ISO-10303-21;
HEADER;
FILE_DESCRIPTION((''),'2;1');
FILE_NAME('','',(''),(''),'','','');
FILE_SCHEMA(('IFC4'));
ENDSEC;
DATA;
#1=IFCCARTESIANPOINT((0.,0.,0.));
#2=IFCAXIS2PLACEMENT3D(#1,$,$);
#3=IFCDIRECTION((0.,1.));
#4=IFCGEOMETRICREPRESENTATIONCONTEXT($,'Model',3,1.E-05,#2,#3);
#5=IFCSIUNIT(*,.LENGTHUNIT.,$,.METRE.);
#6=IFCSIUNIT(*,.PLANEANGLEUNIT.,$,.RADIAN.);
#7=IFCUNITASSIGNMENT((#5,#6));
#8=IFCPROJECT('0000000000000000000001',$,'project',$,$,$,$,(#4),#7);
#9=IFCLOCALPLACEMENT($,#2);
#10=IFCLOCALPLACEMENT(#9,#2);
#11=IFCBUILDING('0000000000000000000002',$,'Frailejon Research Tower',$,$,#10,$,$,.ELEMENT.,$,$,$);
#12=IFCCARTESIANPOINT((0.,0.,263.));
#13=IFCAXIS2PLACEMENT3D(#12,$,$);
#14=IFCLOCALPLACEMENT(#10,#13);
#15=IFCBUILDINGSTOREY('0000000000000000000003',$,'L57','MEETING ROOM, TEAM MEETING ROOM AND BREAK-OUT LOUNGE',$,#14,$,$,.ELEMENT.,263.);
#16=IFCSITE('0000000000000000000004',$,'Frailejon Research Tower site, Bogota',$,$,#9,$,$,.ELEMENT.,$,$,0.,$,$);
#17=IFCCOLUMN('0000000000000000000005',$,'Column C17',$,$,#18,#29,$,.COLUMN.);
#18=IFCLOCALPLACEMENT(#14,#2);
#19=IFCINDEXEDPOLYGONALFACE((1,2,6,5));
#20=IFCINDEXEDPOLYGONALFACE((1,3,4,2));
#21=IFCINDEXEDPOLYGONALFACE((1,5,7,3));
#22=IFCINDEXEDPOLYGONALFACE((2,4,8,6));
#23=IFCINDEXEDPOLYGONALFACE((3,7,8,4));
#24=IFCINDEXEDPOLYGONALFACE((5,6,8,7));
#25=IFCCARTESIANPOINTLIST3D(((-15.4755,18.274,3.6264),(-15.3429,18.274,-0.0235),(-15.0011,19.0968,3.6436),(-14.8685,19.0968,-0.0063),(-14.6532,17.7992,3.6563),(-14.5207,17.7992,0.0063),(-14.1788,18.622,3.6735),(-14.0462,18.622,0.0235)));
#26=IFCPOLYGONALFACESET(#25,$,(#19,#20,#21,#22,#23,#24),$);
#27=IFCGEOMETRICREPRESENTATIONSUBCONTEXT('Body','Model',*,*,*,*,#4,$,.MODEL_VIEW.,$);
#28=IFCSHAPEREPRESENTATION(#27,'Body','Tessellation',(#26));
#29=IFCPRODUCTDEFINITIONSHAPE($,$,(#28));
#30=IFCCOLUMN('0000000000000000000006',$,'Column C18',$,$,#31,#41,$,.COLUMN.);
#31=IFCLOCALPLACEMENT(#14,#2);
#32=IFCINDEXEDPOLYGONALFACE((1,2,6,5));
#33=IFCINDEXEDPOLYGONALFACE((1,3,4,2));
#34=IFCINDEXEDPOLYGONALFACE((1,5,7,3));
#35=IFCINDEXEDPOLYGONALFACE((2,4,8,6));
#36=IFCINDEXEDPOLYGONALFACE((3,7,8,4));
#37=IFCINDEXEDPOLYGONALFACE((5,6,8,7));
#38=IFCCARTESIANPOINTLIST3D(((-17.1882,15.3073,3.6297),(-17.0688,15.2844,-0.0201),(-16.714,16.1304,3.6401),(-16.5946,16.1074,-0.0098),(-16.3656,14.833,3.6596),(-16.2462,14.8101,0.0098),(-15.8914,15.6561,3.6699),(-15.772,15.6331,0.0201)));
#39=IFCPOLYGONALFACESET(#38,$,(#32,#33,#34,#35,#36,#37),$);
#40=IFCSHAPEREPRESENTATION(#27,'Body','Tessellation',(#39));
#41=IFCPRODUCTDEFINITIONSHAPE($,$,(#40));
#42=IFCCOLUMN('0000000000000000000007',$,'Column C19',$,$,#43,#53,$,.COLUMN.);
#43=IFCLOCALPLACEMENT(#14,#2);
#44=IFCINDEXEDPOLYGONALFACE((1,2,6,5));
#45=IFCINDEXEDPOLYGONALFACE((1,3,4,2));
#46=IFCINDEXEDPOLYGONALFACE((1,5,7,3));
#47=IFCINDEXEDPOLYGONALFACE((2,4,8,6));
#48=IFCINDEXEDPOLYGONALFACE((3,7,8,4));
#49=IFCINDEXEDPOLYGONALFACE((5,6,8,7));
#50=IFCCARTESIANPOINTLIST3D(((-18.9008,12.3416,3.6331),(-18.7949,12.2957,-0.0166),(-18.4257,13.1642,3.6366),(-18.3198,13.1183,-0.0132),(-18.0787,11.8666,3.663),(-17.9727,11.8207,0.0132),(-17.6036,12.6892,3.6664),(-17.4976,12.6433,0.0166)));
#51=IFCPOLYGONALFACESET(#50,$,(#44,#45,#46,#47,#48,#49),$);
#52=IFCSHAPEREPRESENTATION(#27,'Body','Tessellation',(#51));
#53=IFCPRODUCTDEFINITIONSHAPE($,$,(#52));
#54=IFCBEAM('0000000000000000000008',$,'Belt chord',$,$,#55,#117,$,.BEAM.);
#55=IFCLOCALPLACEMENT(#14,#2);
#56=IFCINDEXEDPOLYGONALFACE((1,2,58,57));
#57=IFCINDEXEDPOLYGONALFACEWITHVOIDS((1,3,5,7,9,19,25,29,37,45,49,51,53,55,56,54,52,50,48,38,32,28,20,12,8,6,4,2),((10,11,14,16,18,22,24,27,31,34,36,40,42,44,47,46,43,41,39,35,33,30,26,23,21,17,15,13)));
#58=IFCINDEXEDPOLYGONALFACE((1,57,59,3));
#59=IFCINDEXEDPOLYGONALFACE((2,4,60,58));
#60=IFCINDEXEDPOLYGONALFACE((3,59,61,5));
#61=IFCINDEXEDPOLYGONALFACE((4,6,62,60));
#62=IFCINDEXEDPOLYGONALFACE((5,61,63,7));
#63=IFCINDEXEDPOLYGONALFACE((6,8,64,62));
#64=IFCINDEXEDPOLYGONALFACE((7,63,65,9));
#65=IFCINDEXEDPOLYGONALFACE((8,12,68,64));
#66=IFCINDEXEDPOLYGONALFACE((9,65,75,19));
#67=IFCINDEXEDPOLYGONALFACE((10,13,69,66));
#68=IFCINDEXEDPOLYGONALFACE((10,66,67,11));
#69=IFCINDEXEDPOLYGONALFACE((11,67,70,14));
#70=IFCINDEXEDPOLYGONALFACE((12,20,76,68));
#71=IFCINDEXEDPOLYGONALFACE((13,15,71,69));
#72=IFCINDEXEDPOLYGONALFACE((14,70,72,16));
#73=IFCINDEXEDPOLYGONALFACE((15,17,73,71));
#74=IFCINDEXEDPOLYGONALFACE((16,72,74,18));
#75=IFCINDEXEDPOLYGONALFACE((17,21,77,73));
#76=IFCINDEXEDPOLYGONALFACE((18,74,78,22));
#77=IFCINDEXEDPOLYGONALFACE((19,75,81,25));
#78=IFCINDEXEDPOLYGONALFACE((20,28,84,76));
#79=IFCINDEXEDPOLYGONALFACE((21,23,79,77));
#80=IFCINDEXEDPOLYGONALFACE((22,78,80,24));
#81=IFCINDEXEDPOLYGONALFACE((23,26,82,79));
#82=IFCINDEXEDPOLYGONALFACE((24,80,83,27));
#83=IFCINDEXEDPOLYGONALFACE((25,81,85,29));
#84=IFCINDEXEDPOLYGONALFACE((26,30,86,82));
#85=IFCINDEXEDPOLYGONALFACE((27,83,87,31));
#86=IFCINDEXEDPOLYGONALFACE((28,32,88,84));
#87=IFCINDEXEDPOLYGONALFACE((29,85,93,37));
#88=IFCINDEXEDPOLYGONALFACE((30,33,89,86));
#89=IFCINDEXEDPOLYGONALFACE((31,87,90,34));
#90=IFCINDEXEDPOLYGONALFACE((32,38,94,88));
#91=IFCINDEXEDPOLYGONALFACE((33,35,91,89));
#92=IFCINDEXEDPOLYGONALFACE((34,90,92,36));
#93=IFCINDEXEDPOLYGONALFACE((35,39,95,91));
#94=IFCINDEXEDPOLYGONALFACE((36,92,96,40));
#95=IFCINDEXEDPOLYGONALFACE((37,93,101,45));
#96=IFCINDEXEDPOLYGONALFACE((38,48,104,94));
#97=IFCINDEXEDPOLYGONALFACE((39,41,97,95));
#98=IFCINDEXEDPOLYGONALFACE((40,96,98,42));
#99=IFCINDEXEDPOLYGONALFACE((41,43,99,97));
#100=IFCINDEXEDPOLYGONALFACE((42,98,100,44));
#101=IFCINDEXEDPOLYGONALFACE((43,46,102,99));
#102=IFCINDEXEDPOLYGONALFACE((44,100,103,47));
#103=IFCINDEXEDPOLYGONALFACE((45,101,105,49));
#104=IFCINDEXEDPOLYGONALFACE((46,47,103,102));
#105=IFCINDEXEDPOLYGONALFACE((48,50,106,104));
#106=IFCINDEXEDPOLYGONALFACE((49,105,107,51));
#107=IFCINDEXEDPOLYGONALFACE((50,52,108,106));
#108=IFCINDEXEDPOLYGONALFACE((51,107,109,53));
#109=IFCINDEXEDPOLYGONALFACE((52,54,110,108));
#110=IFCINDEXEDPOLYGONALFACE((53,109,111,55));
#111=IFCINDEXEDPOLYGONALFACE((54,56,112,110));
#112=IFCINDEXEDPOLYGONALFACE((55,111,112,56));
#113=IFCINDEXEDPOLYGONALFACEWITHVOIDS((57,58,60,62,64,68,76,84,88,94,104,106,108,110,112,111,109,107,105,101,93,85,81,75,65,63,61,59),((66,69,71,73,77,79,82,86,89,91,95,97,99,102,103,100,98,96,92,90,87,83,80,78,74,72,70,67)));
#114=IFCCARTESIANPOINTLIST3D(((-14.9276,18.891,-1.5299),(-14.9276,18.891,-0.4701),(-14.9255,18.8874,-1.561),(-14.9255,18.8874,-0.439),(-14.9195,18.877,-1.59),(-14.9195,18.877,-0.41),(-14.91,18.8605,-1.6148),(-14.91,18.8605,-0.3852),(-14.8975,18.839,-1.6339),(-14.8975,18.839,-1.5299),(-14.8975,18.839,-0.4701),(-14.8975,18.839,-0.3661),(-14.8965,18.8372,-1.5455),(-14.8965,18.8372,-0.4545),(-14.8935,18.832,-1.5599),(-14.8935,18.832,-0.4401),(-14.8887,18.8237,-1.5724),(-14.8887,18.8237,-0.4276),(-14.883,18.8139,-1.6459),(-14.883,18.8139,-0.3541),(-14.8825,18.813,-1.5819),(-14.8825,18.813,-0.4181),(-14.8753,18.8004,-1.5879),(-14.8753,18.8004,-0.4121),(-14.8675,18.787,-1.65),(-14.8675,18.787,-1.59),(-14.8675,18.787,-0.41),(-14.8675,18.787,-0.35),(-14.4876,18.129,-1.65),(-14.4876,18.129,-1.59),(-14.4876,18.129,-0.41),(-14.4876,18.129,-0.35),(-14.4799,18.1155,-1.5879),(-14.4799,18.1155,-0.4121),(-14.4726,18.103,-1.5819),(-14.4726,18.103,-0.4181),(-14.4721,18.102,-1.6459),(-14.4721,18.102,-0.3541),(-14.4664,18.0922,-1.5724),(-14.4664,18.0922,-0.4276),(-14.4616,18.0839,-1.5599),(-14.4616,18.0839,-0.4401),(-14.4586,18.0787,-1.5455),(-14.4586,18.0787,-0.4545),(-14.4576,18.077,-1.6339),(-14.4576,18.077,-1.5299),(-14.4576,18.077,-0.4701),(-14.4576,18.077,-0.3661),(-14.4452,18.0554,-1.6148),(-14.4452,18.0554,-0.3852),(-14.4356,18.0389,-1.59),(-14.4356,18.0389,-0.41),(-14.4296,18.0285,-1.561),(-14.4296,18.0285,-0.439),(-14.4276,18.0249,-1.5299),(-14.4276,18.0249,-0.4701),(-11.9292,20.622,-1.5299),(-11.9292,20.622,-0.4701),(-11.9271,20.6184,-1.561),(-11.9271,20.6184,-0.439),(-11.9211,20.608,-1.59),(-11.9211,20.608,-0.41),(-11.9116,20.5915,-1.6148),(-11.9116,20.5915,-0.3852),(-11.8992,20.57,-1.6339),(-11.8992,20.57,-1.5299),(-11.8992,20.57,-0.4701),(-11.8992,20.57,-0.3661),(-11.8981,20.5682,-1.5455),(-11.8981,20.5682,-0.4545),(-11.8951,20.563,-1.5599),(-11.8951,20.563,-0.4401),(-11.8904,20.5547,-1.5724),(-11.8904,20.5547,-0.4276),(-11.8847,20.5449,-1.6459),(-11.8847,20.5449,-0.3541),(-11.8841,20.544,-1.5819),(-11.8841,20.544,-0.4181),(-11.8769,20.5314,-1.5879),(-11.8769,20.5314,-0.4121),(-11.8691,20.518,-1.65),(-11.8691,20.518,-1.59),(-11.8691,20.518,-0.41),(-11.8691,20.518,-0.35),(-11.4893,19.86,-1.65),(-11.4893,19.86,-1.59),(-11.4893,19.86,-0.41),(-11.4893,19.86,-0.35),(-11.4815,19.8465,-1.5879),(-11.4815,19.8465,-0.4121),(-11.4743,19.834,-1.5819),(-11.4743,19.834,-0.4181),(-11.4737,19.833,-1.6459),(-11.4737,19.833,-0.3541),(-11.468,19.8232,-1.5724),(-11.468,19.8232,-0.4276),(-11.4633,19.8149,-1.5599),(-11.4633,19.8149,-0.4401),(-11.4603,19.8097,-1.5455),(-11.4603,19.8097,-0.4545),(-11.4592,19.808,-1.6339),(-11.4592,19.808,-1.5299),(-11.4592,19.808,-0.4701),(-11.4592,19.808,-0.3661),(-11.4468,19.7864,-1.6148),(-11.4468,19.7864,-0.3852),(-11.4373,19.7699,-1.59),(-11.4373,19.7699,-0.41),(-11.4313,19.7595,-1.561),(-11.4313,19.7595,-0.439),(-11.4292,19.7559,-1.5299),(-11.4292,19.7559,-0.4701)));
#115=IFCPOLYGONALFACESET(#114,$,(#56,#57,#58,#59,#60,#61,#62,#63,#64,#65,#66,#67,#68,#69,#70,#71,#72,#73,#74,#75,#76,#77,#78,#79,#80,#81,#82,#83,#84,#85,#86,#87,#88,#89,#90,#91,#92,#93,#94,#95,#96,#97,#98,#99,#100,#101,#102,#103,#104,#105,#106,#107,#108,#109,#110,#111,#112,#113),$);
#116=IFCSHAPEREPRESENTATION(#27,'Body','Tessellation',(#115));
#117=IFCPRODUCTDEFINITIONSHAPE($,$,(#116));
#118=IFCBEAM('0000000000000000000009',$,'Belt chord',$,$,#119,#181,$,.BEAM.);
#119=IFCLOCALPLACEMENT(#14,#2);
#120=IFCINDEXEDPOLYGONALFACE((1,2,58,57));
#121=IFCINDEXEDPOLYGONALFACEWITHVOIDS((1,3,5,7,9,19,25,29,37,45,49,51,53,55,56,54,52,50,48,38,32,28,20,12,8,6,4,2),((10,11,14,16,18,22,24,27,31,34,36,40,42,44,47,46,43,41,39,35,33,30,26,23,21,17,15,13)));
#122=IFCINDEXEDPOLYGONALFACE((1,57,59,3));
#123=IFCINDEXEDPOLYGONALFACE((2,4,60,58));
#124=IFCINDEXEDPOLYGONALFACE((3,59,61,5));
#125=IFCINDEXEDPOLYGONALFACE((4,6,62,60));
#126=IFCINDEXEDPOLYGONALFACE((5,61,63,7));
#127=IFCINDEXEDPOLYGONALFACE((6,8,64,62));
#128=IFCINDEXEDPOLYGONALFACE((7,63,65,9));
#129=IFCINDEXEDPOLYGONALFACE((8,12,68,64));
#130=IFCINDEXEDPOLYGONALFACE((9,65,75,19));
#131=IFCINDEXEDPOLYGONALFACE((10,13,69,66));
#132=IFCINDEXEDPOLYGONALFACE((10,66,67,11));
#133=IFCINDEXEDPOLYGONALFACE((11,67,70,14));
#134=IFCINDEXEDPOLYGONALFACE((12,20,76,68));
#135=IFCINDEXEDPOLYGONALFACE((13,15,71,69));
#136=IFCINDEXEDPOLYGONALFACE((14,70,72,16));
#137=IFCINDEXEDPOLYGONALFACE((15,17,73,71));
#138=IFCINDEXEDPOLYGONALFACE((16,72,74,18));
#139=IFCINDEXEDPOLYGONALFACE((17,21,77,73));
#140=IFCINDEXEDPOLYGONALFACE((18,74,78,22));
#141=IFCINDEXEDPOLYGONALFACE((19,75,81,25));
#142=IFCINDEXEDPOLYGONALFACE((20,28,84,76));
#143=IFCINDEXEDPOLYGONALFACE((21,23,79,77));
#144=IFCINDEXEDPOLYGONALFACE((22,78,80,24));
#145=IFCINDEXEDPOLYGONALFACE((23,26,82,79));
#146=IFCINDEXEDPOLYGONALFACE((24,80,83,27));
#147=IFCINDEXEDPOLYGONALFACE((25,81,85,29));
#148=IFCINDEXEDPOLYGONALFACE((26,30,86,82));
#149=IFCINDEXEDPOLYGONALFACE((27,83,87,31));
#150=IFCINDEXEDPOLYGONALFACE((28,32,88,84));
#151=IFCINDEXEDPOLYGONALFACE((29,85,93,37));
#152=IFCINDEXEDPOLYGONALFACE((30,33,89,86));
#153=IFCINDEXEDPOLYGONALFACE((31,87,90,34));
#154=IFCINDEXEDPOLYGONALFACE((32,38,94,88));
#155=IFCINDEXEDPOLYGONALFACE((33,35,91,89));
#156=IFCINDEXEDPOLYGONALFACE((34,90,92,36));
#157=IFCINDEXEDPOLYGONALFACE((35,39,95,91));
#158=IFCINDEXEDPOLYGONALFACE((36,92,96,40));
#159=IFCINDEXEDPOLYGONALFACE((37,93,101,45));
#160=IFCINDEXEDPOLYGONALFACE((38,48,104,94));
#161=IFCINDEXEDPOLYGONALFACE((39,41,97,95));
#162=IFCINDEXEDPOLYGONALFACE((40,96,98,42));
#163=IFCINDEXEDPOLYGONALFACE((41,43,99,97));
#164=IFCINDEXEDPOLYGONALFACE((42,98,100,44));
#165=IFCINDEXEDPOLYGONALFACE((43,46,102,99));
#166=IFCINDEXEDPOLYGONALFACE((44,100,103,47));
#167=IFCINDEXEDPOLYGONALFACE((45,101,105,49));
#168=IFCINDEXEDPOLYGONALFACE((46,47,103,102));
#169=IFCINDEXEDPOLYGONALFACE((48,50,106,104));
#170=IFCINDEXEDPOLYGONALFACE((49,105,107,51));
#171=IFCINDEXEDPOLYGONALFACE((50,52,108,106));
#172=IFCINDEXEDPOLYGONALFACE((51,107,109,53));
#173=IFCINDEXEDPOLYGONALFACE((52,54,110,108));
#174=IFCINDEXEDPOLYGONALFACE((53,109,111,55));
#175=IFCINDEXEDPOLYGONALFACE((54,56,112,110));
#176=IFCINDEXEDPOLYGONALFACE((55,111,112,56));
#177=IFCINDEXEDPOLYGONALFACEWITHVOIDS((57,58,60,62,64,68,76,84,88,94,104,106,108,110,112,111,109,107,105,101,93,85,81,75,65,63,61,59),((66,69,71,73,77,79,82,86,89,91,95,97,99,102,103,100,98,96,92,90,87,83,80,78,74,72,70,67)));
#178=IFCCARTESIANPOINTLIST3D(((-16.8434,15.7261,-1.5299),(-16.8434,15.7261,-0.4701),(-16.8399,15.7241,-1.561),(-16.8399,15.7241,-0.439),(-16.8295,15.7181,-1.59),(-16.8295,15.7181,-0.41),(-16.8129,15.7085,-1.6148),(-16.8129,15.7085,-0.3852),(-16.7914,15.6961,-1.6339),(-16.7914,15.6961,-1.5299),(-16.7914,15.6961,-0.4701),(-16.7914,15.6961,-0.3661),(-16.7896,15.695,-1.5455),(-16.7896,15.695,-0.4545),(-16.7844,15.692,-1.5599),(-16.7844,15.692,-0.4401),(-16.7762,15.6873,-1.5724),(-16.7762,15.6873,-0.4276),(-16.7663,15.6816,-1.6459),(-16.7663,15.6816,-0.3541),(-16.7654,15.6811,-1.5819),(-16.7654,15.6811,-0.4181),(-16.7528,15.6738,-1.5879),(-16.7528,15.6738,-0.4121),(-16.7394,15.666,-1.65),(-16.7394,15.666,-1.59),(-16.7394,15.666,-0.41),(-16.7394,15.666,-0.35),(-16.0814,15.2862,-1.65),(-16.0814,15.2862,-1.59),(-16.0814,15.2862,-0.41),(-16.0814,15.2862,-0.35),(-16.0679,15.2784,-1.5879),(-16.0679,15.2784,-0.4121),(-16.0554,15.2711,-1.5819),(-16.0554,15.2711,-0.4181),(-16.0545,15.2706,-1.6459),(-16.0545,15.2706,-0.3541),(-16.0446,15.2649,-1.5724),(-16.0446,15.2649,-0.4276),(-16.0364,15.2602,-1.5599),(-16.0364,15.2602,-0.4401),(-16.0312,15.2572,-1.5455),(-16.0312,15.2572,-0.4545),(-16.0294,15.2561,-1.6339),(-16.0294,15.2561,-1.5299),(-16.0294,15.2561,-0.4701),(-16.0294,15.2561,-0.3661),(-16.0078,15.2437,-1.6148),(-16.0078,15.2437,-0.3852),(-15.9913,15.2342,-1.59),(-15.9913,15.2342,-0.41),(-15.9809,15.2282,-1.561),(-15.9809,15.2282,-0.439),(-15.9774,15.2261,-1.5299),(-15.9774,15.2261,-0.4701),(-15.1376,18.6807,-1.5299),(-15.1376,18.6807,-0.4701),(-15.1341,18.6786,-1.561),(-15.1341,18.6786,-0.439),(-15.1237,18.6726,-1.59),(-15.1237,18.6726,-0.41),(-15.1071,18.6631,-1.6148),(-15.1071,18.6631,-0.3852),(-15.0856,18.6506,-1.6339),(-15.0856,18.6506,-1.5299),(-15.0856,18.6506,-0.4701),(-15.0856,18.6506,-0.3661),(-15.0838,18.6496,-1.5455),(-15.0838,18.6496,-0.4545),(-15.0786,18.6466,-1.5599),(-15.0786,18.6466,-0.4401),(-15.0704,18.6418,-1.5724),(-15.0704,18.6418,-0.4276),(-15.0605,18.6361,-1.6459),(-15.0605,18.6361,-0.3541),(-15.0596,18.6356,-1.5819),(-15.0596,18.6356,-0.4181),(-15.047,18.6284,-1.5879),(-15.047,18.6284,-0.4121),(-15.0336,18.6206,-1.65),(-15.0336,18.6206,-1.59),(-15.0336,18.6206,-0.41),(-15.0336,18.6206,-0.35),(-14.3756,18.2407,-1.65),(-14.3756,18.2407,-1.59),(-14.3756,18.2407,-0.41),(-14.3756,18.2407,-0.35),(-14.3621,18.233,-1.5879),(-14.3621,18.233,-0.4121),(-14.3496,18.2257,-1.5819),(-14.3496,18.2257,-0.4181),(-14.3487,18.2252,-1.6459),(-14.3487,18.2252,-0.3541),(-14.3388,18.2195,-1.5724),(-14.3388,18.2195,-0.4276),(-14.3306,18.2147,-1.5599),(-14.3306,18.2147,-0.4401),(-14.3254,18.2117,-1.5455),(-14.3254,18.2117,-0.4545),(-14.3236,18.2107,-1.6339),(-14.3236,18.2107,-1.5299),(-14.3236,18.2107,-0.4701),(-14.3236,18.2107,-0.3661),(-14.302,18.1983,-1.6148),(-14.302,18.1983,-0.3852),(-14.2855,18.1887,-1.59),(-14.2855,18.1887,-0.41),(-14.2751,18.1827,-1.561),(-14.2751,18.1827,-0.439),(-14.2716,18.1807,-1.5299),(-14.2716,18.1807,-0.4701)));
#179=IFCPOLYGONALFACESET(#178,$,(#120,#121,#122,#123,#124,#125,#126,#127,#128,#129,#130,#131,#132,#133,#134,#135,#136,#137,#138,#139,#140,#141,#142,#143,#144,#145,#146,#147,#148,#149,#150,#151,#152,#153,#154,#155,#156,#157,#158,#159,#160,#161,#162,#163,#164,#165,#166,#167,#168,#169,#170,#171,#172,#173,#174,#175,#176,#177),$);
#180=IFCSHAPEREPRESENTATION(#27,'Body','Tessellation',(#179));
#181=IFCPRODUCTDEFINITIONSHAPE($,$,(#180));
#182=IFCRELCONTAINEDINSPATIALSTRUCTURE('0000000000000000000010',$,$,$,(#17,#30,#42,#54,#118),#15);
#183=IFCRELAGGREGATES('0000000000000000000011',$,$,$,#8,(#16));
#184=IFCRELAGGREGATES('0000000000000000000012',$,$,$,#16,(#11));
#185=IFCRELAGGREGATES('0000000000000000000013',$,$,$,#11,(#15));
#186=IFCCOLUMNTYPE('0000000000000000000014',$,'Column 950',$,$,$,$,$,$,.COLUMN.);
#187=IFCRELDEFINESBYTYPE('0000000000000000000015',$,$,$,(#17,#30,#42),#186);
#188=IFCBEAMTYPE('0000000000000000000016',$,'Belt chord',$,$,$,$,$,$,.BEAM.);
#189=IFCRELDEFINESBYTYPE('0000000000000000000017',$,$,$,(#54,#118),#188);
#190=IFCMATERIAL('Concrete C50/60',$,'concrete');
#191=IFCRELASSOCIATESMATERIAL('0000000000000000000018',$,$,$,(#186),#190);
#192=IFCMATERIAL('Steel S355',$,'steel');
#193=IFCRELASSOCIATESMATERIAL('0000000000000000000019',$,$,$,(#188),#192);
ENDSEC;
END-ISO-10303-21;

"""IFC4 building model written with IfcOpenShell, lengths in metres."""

from ifc_helpers import new_model, si_unit, direction, frame, origin, origin_2d, place, context, subcontext, project, spatial, rectangle, hollow_rectangle, extrude, material, material_profile, profile_set, type_object, element, save


model = new_model("IFC4")

# Units and contexts
model_context = context("Model", 3, precision=1e-05, world=origin(), true_north=direction((0.0, 1.0)))
body_context = subcontext(model_context, "Body", "Model", "MODEL_VIEW")
ifc_project = project(units=[si_unit("LENGTHUNIT", "METRE"), si_unit("PLANEANGLEUNIT", "RADIAN")], contexts=[model_context])

# Site, building, storey
site_placement = place(None, origin())
site = spatial("IfcSite", under=ifc_project, at=site_placement, Name="Frailejon Research Tower site, Bogota", CompositionType="ELEMENT", RefElevation=0.0)
building_placement = place(site_placement, origin())
building = spatial("IfcBuilding", under=site, at=building_placement, Name="Frailejon Research Tower", CompositionType="ELEMENT")
storey_placement = place(building_placement, frame((0.0, 0.0, 263.0)))
storey = spatial("IfcBuildingStorey", under=building, at=storey_placement, Name="L57", Description="MEETING ROOM, TEAM MEETING ROOM AND BREAK-OUT LOUNGE", CompositionType="ELEMENT", Elevation=263.0)

# Columns
ifc_material_1 = material(Name="Concrete C50/60", Category="concrete")
ifc_material_profile_1 = material_profile(ifc_material_1, rectangle(XDim=0.95, YDim=0.95, at=origin_2d()), Name="Column 950")
ifc_profile_set_1 = profile_set([ifc_material_profile_1], Name="Concrete C50/60")
column_type = type_object("IfcColumnType", Name="Column 950", PredefinedType="COLUMN", material=ifc_profile_set_1)
column_1_placement = place(storey_placement, frame((-14.6946, 18.448, 0.0), z_axis=(-0.036297, 0.0, 0.999341), x_axis=(-0.499424, -0.866168, -0.01814)))
element("IfcColumn", 1, at=column_1_placement, inside=storey, type_object=column_type, Name="Column C17", PredefinedType="COLUMN", context=body_context, shape_type="SweptSolid", body=[
    extrude(rectangle(XDim=0.95, YDim=0.95, at=origin_2d()), origin(), (0.0, 0.0, 1.0), 3.6523),
])
column_2_placement = place(storey_placement, frame((-16.4204, 15.4587, 0.0), z_axis=(-0.032691, 0.006284, 0.999446), x_axis=(-0.49919, -0.866424, -0.01088)))
element("IfcColumn", 2, at=column_2_placement, inside=storey, type_object=column_type, Name="Column C18", PredefinedType="COLUMN", context=body_context, shape_type="SweptSolid", body=[
    extrude(rectangle(XDim=0.95, YDim=0.95, at=origin_2d()), origin(), (0.0, 0.0, 1.0), 3.6519),
])
column_3_placement = place(storey_placement, frame((-18.1462, 12.4695, 0.0), z_axis=(-0.029016, 0.012569, 0.9995), x_axis=(-0.500121, -0.865948, -0.003629)))
element("IfcColumn", 3, at=column_3_placement, inside=storey, type_object=column_type, Name="Column C19", PredefinedType="COLUMN", context=body_context, shape_type="SweptSolid", body=[
    extrude(rectangle(XDim=0.95, YDim=0.95, at=origin_2d()), origin(), (0.0, 0.0, 1.0), 3.6516),
])

# Beams
ifc_material_2 = material(Name="Steel S355", Category="steel")
ifc_material_profile_2 = material_profile(ifc_material_2, hollow_rectangle(XDim=1.0, YDim=1.3, WallThickness=0.0601, InnerFilletRadius=0.0601, OuterFilletRadius=0.1201, at=origin_2d()), Name="Belt chord")
ifc_profile_set_2 = profile_set([ifc_material_profile_2], Name="Steel S355")
beam_type_1 = type_object("IfcBeamType", Name="Belt chord", PredefinedType="BEAM", material=ifc_profile_set_2)
beam_1_placement = place(storey_placement, frame((-11.6792, 20.189, -1.0), z_axis=(-0.866039, -0.499977, 0.0), x_axis=(0.499977, -0.866039, 0.0)))
element("IfcBeam", 4, at=beam_1_placement, inside=storey, type_object=beam_type_1, Name="Belt chord", PredefinedType="BEAM", context=body_context, shape_type="SweptSolid", body=[
    extrude(hollow_rectangle(XDim=1.0, YDim=1.3, WallThickness=0.0601, InnerFilletRadius=0.0601, OuterFilletRadius=0.1201, at=origin_2d()), origin(), (0.0, 0.0, 1.0), 3.4622),
])
for number, where, z_axis, x_axis, name in (
    (5, (-14.7046, 18.4307, -1.0), (-0.499995, -0.866028, 0.0), (0.866028, -0.499995, 0.0), "Belt chord"),
):
    element("IfcBeam", number, at=place(storey_placement, frame(where, z_axis=z_axis, x_axis=x_axis)), inside=storey, type_object=beam_type_1, Name=name, PredefinedType="BEAM", context=body_context, shape_type="SweptSolid", body=[
        extrude(hollow_rectangle(XDim=1.0, YDim=1.3, WallThickness=0.0601, InnerFilletRadius=0.0601, OuterFilletRadius=0.1201, at=origin_2d()), origin(), (0.0, 0.0, 1.0), 3.4116),
    ])

save(model, "model.ifc")
